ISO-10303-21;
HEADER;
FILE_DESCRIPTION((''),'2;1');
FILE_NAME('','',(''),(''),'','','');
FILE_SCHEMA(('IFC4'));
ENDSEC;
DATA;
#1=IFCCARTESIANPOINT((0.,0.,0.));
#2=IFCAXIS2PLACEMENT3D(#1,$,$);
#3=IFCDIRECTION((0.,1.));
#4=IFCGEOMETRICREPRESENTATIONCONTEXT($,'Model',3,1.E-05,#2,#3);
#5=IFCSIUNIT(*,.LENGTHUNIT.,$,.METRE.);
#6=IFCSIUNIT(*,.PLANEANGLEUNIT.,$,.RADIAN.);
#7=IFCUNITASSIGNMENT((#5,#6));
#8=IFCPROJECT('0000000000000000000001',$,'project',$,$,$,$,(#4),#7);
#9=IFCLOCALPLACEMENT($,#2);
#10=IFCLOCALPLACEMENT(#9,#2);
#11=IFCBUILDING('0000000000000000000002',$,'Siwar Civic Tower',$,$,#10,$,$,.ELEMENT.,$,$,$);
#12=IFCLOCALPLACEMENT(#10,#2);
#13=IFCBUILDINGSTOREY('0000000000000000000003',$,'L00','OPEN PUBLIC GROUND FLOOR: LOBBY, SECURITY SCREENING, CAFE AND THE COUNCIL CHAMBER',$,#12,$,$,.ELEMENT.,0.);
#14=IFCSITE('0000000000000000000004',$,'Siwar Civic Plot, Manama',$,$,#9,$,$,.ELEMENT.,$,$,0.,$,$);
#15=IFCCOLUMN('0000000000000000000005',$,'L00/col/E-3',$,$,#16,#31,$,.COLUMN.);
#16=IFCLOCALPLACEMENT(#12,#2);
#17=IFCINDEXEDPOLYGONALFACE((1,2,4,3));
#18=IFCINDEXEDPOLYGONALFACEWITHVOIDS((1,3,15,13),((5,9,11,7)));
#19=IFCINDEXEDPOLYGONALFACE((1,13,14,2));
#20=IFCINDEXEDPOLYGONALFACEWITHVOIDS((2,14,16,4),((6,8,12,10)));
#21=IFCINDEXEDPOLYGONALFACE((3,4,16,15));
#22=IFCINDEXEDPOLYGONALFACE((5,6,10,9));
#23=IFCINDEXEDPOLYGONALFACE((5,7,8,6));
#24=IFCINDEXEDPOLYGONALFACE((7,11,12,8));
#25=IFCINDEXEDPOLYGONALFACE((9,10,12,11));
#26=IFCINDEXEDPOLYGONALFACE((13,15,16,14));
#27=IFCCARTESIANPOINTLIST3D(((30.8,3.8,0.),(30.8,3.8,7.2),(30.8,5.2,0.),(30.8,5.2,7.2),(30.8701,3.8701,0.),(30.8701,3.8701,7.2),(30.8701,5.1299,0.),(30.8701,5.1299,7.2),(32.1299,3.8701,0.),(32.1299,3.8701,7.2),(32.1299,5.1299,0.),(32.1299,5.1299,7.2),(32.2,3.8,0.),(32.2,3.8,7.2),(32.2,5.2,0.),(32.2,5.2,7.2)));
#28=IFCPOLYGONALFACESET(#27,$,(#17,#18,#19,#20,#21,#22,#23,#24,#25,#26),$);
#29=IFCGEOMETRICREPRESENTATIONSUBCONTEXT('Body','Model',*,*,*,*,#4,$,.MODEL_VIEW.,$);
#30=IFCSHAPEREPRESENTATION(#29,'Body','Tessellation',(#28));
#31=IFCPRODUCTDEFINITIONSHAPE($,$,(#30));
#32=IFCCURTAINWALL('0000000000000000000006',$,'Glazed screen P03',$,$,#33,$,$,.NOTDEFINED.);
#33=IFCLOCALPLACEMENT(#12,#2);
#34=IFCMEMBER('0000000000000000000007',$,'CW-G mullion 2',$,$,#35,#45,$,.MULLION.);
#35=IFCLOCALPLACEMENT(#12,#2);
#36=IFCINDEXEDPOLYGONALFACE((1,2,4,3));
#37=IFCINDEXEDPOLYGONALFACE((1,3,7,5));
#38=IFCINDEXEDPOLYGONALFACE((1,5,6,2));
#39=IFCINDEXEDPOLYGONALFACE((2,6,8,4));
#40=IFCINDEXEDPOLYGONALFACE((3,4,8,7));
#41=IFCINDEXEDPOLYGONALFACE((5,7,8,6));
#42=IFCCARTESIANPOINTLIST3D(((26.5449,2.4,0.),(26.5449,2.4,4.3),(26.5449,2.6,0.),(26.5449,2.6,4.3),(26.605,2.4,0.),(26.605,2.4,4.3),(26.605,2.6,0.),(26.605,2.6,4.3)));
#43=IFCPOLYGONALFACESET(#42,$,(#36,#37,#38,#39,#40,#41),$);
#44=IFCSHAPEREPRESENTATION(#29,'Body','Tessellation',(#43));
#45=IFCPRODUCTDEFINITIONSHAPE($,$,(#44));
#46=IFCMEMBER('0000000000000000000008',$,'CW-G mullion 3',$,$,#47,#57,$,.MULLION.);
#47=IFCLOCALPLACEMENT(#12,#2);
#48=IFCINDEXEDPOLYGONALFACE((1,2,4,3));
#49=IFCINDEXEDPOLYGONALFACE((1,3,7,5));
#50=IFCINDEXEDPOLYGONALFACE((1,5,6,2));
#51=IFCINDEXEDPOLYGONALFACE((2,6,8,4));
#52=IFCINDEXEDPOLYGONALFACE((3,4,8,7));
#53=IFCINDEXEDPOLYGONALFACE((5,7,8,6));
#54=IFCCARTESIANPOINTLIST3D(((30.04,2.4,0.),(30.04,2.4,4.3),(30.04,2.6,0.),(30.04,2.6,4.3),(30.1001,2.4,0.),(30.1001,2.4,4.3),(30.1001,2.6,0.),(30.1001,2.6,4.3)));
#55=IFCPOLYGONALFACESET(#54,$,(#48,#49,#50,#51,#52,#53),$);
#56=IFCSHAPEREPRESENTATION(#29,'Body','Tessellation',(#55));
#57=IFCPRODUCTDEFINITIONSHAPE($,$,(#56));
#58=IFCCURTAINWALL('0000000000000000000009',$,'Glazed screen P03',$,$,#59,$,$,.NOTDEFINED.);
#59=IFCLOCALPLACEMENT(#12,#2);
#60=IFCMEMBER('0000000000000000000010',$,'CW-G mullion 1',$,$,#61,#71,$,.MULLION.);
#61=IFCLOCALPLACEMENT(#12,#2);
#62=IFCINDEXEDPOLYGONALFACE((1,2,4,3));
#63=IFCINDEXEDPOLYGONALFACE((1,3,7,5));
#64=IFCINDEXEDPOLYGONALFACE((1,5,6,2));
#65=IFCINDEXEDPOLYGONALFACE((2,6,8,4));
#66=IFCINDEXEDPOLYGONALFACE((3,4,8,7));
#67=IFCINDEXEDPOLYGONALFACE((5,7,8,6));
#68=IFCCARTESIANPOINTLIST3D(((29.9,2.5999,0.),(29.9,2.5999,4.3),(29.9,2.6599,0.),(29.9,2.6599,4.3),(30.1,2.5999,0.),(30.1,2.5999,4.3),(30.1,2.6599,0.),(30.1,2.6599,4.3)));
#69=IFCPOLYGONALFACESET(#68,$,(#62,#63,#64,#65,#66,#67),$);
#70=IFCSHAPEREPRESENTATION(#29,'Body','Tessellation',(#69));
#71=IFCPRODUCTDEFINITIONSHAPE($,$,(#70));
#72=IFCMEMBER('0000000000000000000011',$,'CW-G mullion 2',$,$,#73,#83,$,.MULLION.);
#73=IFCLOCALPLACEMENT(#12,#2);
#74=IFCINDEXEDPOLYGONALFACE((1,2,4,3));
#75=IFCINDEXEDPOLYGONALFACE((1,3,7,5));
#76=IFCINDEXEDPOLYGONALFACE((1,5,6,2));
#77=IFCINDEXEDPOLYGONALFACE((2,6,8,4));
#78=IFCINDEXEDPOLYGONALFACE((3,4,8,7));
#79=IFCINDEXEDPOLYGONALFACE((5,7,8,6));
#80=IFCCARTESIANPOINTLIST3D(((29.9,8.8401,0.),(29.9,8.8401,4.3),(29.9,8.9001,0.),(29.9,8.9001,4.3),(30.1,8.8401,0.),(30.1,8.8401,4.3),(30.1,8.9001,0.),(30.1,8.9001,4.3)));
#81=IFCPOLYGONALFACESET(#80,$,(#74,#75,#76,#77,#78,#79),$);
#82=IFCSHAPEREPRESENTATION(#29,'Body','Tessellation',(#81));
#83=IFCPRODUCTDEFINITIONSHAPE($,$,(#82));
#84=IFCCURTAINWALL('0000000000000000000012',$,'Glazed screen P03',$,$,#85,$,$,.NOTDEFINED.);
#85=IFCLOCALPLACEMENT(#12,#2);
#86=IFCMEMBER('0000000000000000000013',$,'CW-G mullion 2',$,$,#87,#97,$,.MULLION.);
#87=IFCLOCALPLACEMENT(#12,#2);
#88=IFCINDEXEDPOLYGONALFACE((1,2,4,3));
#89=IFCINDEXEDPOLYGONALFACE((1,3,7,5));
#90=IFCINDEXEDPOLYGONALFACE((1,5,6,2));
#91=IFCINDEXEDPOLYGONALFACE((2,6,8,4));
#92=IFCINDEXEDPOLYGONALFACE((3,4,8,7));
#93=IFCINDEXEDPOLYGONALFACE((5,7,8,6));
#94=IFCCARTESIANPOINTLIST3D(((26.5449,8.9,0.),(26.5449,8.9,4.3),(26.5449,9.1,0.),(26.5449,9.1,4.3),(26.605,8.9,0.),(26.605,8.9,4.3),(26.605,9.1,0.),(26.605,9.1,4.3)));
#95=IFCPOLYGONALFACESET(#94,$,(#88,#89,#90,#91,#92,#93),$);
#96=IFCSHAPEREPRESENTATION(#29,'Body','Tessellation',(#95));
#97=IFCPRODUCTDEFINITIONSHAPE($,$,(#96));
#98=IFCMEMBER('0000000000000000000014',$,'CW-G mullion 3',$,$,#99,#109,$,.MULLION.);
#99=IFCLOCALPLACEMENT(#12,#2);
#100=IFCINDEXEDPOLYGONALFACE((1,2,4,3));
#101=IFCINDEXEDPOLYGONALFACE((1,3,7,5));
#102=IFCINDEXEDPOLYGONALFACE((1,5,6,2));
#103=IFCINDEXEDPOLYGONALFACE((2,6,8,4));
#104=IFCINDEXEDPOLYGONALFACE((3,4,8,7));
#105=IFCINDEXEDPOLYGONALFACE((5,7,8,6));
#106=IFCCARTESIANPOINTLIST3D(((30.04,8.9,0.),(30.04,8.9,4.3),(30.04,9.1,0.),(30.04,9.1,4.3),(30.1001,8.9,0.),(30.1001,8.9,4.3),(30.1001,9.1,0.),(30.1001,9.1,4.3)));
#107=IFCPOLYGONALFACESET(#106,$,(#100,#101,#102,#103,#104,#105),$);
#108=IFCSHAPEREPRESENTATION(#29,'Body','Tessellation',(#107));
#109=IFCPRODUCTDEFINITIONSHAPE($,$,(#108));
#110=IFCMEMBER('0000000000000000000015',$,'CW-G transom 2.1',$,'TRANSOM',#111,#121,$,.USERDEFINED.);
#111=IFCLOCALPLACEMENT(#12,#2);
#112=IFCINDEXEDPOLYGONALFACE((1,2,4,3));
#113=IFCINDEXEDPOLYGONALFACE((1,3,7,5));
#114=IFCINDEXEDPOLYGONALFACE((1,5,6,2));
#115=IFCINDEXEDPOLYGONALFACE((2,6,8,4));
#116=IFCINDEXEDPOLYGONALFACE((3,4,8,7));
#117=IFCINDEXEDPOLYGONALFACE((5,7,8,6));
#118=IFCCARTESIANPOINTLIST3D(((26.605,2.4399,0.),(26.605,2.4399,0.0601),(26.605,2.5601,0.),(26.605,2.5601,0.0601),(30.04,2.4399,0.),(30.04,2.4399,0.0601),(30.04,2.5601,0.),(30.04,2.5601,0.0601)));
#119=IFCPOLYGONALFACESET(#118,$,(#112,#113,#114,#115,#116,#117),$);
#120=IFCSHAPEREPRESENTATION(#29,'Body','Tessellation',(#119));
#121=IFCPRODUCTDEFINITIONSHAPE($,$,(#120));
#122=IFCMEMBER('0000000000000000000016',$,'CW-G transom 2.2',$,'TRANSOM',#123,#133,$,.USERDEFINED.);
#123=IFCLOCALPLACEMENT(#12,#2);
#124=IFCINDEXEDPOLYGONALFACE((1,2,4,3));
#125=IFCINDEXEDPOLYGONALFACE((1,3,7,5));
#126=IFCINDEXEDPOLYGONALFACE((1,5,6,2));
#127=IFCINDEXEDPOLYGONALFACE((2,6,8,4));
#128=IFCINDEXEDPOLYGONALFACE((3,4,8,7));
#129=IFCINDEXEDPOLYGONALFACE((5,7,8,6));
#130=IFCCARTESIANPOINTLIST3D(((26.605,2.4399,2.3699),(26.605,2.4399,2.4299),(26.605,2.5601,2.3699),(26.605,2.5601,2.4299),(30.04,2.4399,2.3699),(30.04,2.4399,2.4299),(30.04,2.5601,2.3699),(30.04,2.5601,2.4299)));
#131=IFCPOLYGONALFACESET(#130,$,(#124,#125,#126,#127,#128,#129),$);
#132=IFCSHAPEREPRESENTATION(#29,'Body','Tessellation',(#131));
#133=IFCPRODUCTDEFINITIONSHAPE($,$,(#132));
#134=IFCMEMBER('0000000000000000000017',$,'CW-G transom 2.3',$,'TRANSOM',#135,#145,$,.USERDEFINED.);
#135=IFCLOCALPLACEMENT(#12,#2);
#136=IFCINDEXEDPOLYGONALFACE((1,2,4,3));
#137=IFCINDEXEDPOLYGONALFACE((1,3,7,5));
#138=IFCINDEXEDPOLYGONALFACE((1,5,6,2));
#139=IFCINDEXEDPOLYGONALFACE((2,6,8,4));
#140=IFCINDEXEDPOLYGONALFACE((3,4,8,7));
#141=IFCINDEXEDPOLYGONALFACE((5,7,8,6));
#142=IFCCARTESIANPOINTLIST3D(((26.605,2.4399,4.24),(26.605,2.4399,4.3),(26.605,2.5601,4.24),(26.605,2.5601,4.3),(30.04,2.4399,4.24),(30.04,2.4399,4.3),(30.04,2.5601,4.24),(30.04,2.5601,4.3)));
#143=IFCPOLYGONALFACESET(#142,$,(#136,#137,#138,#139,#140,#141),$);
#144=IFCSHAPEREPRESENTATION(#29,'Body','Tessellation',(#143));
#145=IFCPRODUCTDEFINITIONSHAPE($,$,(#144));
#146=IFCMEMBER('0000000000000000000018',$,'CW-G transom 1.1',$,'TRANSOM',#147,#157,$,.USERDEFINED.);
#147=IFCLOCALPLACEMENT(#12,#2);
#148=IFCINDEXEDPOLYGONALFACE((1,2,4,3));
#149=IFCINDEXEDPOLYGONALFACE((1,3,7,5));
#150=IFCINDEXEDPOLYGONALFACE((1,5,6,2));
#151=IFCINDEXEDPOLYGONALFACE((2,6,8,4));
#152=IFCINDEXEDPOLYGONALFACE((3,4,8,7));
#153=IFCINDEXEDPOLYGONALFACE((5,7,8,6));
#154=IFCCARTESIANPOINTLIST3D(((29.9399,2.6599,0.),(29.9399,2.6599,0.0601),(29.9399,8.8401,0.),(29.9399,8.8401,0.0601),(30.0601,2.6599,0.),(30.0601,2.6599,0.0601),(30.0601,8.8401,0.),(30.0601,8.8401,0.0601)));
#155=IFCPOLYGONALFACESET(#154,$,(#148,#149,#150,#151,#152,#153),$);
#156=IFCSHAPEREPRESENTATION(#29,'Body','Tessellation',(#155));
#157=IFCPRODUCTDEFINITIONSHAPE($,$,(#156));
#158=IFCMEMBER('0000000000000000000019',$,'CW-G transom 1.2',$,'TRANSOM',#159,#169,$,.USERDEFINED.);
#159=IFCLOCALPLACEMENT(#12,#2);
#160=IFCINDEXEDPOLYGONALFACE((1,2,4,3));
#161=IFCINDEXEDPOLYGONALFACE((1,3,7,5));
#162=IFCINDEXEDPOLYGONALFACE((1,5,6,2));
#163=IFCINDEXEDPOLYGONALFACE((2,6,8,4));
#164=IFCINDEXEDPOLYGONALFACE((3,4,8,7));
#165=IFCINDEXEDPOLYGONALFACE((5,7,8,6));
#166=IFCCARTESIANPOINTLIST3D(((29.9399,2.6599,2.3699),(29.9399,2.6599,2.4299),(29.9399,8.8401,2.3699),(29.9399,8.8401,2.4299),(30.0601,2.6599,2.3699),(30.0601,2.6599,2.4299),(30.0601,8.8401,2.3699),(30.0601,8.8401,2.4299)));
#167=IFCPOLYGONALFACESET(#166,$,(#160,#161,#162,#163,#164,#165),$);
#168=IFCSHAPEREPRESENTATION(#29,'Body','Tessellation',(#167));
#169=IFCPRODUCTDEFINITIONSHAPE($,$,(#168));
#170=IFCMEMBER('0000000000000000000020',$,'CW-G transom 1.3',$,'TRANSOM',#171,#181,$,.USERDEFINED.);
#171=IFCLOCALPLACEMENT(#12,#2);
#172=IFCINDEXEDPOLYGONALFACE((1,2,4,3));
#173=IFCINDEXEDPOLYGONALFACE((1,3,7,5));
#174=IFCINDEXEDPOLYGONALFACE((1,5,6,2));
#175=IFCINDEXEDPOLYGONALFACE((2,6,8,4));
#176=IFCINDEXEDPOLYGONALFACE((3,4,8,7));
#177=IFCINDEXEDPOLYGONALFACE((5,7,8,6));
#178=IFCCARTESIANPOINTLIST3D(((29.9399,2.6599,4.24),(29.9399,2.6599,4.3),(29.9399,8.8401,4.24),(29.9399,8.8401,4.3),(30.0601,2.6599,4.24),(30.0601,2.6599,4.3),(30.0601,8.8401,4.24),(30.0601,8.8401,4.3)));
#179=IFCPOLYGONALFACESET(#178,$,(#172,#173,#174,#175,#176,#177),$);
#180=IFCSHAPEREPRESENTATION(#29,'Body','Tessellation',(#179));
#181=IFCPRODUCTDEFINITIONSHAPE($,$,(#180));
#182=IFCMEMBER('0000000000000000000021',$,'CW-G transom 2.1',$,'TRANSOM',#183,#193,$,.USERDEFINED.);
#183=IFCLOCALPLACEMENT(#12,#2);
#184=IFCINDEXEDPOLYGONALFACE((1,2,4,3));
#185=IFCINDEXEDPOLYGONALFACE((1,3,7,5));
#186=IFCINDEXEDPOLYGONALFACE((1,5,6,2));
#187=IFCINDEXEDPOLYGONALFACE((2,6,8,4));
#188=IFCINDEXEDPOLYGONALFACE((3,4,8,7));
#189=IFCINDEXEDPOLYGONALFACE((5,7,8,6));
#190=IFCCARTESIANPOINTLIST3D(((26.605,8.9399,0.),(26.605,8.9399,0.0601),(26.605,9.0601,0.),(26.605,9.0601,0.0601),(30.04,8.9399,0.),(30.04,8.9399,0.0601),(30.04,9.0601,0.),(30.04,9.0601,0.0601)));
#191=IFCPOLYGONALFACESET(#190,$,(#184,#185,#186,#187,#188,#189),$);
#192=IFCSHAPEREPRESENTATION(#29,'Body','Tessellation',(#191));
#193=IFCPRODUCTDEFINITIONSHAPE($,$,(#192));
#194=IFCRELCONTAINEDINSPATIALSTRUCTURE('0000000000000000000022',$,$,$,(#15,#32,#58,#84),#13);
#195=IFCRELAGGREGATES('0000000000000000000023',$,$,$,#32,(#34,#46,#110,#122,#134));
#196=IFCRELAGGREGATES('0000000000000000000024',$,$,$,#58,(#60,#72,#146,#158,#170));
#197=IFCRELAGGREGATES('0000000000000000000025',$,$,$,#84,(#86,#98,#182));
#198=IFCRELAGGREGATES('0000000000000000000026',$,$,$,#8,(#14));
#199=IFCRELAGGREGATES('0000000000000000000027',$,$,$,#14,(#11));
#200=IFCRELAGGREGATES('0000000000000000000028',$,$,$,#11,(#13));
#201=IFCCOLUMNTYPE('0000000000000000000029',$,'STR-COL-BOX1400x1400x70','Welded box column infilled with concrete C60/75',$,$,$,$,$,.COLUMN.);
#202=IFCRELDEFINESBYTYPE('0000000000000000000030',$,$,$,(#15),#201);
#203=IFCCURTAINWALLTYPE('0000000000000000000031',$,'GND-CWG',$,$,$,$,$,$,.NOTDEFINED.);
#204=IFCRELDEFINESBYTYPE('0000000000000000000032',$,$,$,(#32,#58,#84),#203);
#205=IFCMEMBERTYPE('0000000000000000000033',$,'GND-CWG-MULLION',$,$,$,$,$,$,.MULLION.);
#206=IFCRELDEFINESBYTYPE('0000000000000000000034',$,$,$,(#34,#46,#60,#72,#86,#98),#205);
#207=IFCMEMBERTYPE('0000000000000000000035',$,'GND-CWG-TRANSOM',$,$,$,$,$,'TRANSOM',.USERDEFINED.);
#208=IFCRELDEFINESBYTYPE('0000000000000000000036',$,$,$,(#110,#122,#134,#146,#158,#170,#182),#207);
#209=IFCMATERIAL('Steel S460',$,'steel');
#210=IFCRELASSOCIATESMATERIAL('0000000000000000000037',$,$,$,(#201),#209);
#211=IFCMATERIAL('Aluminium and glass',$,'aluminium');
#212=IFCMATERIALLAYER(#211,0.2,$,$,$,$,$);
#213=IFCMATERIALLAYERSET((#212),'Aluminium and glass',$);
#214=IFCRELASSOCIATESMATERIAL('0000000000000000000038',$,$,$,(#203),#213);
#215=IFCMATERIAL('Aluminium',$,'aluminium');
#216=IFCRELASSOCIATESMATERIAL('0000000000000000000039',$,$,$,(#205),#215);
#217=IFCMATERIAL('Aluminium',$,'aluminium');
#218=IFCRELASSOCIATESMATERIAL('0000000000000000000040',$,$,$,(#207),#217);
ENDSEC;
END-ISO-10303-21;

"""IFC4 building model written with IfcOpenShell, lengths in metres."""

from ifc_helpers import new_model, si_unit, direction, frame, origin, origin_2d, place, context, subcontext, project, spatial, rectangle, hollow_rectangle, extrude, material, layer, layer_set, material_profile, profile_set, type_object, element, aggregate, save


model = new_model("IFC4")

# Units and contexts
model_context = context("Model", 3, precision=1e-05, world=origin(), true_north=direction((0.0, 1.0)))
body_context = subcontext(model_context, "Body", "Model", "MODEL_VIEW")
ifc_project = project(units=[si_unit("LENGTHUNIT", "METRE"), si_unit("PLANEANGLEUNIT", "RADIAN")], contexts=[model_context])

# Site, building, storey
site_placement = place(None, origin())
site = spatial("IfcSite", under=ifc_project, at=site_placement, Name="Siwar Civic Plot, Manama", CompositionType="ELEMENT", RefElevation=0.0)
building_placement = place(site_placement, origin())
building = spatial("IfcBuilding", under=site, at=building_placement, Name="Siwar Civic Tower", CompositionType="ELEMENT")
storey_placement = place(building_placement, origin())
storey = spatial("IfcBuildingStorey", under=building, at=storey_placement, Name="L00", Description="OPEN PUBLIC GROUND FLOOR: LOBBY, SECURITY SCREENING, CAFE AND THE COUNCIL CHAMBER", CompositionType="ELEMENT", Elevation=0.0)

# Column
ifc_material_1 = material(Name="Steel S460", Category="steel")
ifc_material_profile_1 = material_profile(ifc_material_1, hollow_rectangle(XDim=1.3999, YDim=1.3999, WallThickness=0.0701, at=origin_2d()), Name="BOX1400x1400x70")
ifc_profile_set_1 = profile_set([ifc_material_profile_1], Name="Steel S460")
column_type = type_object("IfcColumnType", Name="STR-COL-BOX1400x1400x70", Description="Welded box column infilled with concrete C60/75", PredefinedType="COLUMN", material=ifc_profile_set_1)
column_placement = place(storey_placement, frame((31.5, 4.5, 0.0), z_axis=(0.0, 0.0, 1.0), x_axis=(1.0, 0.0, 0.0)))
element("IfcColumn", 1, at=column_placement, inside=storey, type_object=column_type, Name="L00/col/E-3", PredefinedType="COLUMN", context=body_context, shape_type="SweptSolid", body=[
    extrude(hollow_rectangle(XDim=1.3999, YDim=1.3999, WallThickness=0.0701, at=origin_2d()), origin(), (0.0, 0.0, 1.0), 7.2),
])

# Curtain walls, members
ifc_material_2 = material(Name="Aluminium and glass", Category="aluminium")
ifc_layer_1 = layer(ifc_material_2, 0.2)
ifc_layer_set_1 = layer_set([ifc_layer_1], Name="Aluminium and glass")
curtain_wall_type = type_object("IfcCurtainWallType", Name="GND-CWG", PredefinedType="NOTDEFINED", material=ifc_layer_set_1)
curtain_wall_1_placement = place(storey_placement, origin())
curtain_wall_1 = element("IfcCurtainWall", 2, at=curtain_wall_1_placement, inside=storey, type_object=curtain_wall_type, Name="Glazed screen P03", PredefinedType="NOTDEFINED")
ifc_material_3 = material(Name="Aluminium", Category="aluminium")
ifc_material_profile_2 = material_profile(ifc_material_3, rectangle(XDim=0.2, YDim=0.0601, at=origin_2d()), Name="AL 200x60")
ifc_profile_set_2 = profile_set([ifc_material_profile_2], Name="Aluminium")
member_type_1 = type_object("IfcMemberType", Name="GND-CWG-MULLION", PredefinedType="MULLION", material=ifc_profile_set_2)
member_1_placement = place(storey_placement, frame((26.575, 2.5, 0.0), z_axis=(0.0, 0.0, 1.0), x_axis=(0.0, 1.0, 0.0)))
member_1 = element("IfcMember", 3, at=member_1_placement, type_object=member_type_1, Name="CW-G mullion 2", PredefinedType="MULLION", context=body_context, shape_type="SweptSolid", body=[
    extrude(rectangle(XDim=0.2, YDim=0.0601, at=origin_2d()), origin(), (0.0, 0.0, 1.0), 4.3),
])
member_2_placement = place(storey_placement, frame((30.0701, 2.5, 0.0), z_axis=(0.0, 0.0, 1.0), x_axis=(0.0, 1.0, 0.0)))
member_2 = element("IfcMember", 4, at=member_2_placement, type_object=member_type_1, Name="CW-G mullion 3", PredefinedType="MULLION", context=body_context, shape_type="SweptSolid", body=[
    extrude(rectangle(XDim=0.2, YDim=0.0601, at=origin_2d()), origin(), (0.0, 0.0, 1.0), 4.3),
])
curtain_wall_2_placement = place(storey_placement, origin())
curtain_wall_2 = element("IfcCurtainWall", 5, at=curtain_wall_2_placement, inside=storey, type_object=curtain_wall_type, Name="Glazed screen P03", PredefinedType="NOTDEFINED")
member_3_placement = place(storey_placement, frame((30.0, 2.6299, 0.0), z_axis=(0.0, 0.0, 1.0), x_axis=(-1.0, 0.0, 0.0)))
member_3 = element("IfcMember", 6, at=member_3_placement, type_object=member_type_1, Name="CW-G mullion 1", PredefinedType="MULLION", context=body_context, shape_type="SweptSolid", body=[
    extrude(rectangle(XDim=0.2, YDim=0.0601, at=origin_2d()), origin(), (0.0, 0.0, 1.0), 4.3),
])
member_4_placement = place(storey_placement, frame((30.0, 8.8701, 0.0), z_axis=(0.0, 0.0, 1.0), x_axis=(-1.0, 0.0, 0.0)))
member_4 = element("IfcMember", 7, at=member_4_placement, type_object=member_type_1, Name="CW-G mullion 2", PredefinedType="MULLION", context=body_context, shape_type="SweptSolid", body=[
    extrude(rectangle(XDim=0.2, YDim=0.0601, at=origin_2d()), origin(), (0.0, 0.0, 1.0), 4.3),
])
curtain_wall_3_placement = place(storey_placement, origin())
curtain_wall_3 = element("IfcCurtainWall", 8, at=curtain_wall_3_placement, inside=storey, type_object=curtain_wall_type, Name="Glazed screen P03", PredefinedType="NOTDEFINED")
member_5_placement = place(storey_placement, frame((26.575, 9.0, 0.0), z_axis=(0.0, 0.0, 1.0), x_axis=(0.0, 1.0, 0.0)))
member_5 = element("IfcMember", 9, at=member_5_placement, type_object=member_type_1, Name="CW-G mullion 2", PredefinedType="MULLION", context=body_context, shape_type="SweptSolid", body=[
    extrude(rectangle(XDim=0.2, YDim=0.0601, at=origin_2d()), origin(), (0.0, 0.0, 1.0), 4.3),
])
member_6_placement = place(storey_placement, frame((30.0701, 9.0, 0.0), z_axis=(0.0, 0.0, 1.0), x_axis=(0.0, 1.0, 0.0)))
member_6 = element("IfcMember", 10, at=member_6_placement, type_object=member_type_1, Name="CW-G mullion 3", PredefinedType="MULLION", context=body_context, shape_type="SweptSolid", body=[
    extrude(rectangle(XDim=0.2, YDim=0.0601, at=origin_2d()), origin(), (0.0, 0.0, 1.0), 4.3),
])

# Members
ifc_material_4 = material(Name="Aluminium", Category="aluminium")
ifc_material_profile_3 = material_profile(ifc_material_4, rectangle(XDim=0.1201, YDim=0.0601, at=origin_2d()), Name="AL 120x60")
ifc_profile_set_3 = profile_set([ifc_material_profile_3], Name="Aluminium")
member_type_2 = type_object("IfcMemberType", Name="GND-CWG-TRANSOM", ElementType="TRANSOM", PredefinedType="USERDEFINED", material=ifc_profile_set_3)
member_7_placement = place(storey_placement, frame((26.605, 2.5, 0.03), z_axis=(1.0, 0.0, 0.0), x_axis=(0.0, 1.0, 0.0)))
member_7 = element("IfcMember", 11, at=member_7_placement, type_object=member_type_2, Name="CW-G transom 2.1", ObjectType="TRANSOM", PredefinedType="USERDEFINED", context=body_context, shape_type="SweptSolid", body=[
    extrude(rectangle(XDim=0.1201, YDim=0.0601, at=origin_2d()), origin(), (0.0, 0.0, 1.0), 3.4351),
])
member_8_placement = place(storey_placement, frame((26.605, 2.5, 2.3999), z_axis=(1.0, 0.0, 0.0), x_axis=(0.0, 1.0, 0.0)))
member_8 = element("IfcMember", 12, at=member_8_placement, type_object=member_type_2, Name="CW-G transom 2.2", ObjectType="TRANSOM", PredefinedType="USERDEFINED", context=body_context, shape_type="SweptSolid", body=[
    extrude(rectangle(XDim=0.1201, YDim=0.0601, at=origin_2d()), origin(), (0.0, 0.0, 1.0), 3.4351),
])
member_9_placement = place(storey_placement, frame((26.605, 2.5, 4.27), z_axis=(1.0, 0.0, 0.0), x_axis=(0.0, 1.0, 0.0)))
member_9 = element("IfcMember", 13, at=member_9_placement, type_object=member_type_2, Name="CW-G transom 2.3", ObjectType="TRANSOM", PredefinedType="USERDEFINED", context=body_context, shape_type="SweptSolid", body=[
    extrude(rectangle(XDim=0.1201, YDim=0.0601, at=origin_2d()), origin(), (0.0, 0.0, 1.0), 3.4351),
])
member_10_placement = place(storey_placement, frame((30.0, 2.6599, 0.03), z_axis=(0.0, 1.0, 0.0), x_axis=(-1.0, 0.0, 0.0)))
member_10 = element("IfcMember", 14, at=member_10_placement, type_object=member_type_2, Name="CW-G transom 1.1", ObjectType="TRANSOM", PredefinedType="USERDEFINED", context=body_context, shape_type="SweptSolid", body=[
    extrude(rectangle(XDim=0.1201, YDim=0.0601, at=origin_2d()), origin(), (0.0, 0.0, 1.0), 6.1802),
])
member_11_placement = place(storey_placement, frame((30.0, 2.6599, 2.3999), z_axis=(0.0, 1.0, 0.0), x_axis=(-1.0, 0.0, 0.0)))
member_11 = element("IfcMember", 15, at=member_11_placement, type_object=member_type_2, Name="CW-G transom 1.2", ObjectType="TRANSOM", PredefinedType="USERDEFINED", context=body_context, shape_type="SweptSolid", body=[
    extrude(rectangle(XDim=0.1201, YDim=0.0601, at=origin_2d()), origin(), (0.0, 0.0, 1.0), 6.1802),
])
member_12_placement = place(storey_placement, frame((30.0, 2.6599, 4.27), z_axis=(0.0, 1.0, 0.0), x_axis=(-1.0, 0.0, 0.0)))
member_12 = element("IfcMember", 16, at=member_12_placement, type_object=member_type_2, Name="CW-G transom 1.3", ObjectType="TRANSOM", PredefinedType="USERDEFINED", context=body_context, shape_type="SweptSolid", body=[
    extrude(rectangle(XDim=0.1201, YDim=0.0601, at=origin_2d()), origin(), (0.0, 0.0, 1.0), 6.1802),
])
member_13_placement = place(storey_placement, frame((26.605, 9.0, 0.03), z_axis=(1.0, 0.0, 0.0), x_axis=(0.0, 1.0, 0.0)))
member_13 = element("IfcMember", 17, at=member_13_placement, type_object=member_type_2, Name="CW-G transom 2.1", ObjectType="TRANSOM", PredefinedType="USERDEFINED", context=body_context, shape_type="SweptSolid", body=[
    extrude(rectangle(XDim=0.1201, YDim=0.0601, at=origin_2d()), origin(), (0.0, 0.0, 1.0), 3.4351),
])

aggregate(curtain_wall_1, [member_1, member_2, member_7, member_8, member_9])
aggregate(curtain_wall_2, [member_3, member_4, member_10, member_11, member_12])
aggregate(curtain_wall_3, [member_5, member_6, member_13])

save(model, "model.ifc")
